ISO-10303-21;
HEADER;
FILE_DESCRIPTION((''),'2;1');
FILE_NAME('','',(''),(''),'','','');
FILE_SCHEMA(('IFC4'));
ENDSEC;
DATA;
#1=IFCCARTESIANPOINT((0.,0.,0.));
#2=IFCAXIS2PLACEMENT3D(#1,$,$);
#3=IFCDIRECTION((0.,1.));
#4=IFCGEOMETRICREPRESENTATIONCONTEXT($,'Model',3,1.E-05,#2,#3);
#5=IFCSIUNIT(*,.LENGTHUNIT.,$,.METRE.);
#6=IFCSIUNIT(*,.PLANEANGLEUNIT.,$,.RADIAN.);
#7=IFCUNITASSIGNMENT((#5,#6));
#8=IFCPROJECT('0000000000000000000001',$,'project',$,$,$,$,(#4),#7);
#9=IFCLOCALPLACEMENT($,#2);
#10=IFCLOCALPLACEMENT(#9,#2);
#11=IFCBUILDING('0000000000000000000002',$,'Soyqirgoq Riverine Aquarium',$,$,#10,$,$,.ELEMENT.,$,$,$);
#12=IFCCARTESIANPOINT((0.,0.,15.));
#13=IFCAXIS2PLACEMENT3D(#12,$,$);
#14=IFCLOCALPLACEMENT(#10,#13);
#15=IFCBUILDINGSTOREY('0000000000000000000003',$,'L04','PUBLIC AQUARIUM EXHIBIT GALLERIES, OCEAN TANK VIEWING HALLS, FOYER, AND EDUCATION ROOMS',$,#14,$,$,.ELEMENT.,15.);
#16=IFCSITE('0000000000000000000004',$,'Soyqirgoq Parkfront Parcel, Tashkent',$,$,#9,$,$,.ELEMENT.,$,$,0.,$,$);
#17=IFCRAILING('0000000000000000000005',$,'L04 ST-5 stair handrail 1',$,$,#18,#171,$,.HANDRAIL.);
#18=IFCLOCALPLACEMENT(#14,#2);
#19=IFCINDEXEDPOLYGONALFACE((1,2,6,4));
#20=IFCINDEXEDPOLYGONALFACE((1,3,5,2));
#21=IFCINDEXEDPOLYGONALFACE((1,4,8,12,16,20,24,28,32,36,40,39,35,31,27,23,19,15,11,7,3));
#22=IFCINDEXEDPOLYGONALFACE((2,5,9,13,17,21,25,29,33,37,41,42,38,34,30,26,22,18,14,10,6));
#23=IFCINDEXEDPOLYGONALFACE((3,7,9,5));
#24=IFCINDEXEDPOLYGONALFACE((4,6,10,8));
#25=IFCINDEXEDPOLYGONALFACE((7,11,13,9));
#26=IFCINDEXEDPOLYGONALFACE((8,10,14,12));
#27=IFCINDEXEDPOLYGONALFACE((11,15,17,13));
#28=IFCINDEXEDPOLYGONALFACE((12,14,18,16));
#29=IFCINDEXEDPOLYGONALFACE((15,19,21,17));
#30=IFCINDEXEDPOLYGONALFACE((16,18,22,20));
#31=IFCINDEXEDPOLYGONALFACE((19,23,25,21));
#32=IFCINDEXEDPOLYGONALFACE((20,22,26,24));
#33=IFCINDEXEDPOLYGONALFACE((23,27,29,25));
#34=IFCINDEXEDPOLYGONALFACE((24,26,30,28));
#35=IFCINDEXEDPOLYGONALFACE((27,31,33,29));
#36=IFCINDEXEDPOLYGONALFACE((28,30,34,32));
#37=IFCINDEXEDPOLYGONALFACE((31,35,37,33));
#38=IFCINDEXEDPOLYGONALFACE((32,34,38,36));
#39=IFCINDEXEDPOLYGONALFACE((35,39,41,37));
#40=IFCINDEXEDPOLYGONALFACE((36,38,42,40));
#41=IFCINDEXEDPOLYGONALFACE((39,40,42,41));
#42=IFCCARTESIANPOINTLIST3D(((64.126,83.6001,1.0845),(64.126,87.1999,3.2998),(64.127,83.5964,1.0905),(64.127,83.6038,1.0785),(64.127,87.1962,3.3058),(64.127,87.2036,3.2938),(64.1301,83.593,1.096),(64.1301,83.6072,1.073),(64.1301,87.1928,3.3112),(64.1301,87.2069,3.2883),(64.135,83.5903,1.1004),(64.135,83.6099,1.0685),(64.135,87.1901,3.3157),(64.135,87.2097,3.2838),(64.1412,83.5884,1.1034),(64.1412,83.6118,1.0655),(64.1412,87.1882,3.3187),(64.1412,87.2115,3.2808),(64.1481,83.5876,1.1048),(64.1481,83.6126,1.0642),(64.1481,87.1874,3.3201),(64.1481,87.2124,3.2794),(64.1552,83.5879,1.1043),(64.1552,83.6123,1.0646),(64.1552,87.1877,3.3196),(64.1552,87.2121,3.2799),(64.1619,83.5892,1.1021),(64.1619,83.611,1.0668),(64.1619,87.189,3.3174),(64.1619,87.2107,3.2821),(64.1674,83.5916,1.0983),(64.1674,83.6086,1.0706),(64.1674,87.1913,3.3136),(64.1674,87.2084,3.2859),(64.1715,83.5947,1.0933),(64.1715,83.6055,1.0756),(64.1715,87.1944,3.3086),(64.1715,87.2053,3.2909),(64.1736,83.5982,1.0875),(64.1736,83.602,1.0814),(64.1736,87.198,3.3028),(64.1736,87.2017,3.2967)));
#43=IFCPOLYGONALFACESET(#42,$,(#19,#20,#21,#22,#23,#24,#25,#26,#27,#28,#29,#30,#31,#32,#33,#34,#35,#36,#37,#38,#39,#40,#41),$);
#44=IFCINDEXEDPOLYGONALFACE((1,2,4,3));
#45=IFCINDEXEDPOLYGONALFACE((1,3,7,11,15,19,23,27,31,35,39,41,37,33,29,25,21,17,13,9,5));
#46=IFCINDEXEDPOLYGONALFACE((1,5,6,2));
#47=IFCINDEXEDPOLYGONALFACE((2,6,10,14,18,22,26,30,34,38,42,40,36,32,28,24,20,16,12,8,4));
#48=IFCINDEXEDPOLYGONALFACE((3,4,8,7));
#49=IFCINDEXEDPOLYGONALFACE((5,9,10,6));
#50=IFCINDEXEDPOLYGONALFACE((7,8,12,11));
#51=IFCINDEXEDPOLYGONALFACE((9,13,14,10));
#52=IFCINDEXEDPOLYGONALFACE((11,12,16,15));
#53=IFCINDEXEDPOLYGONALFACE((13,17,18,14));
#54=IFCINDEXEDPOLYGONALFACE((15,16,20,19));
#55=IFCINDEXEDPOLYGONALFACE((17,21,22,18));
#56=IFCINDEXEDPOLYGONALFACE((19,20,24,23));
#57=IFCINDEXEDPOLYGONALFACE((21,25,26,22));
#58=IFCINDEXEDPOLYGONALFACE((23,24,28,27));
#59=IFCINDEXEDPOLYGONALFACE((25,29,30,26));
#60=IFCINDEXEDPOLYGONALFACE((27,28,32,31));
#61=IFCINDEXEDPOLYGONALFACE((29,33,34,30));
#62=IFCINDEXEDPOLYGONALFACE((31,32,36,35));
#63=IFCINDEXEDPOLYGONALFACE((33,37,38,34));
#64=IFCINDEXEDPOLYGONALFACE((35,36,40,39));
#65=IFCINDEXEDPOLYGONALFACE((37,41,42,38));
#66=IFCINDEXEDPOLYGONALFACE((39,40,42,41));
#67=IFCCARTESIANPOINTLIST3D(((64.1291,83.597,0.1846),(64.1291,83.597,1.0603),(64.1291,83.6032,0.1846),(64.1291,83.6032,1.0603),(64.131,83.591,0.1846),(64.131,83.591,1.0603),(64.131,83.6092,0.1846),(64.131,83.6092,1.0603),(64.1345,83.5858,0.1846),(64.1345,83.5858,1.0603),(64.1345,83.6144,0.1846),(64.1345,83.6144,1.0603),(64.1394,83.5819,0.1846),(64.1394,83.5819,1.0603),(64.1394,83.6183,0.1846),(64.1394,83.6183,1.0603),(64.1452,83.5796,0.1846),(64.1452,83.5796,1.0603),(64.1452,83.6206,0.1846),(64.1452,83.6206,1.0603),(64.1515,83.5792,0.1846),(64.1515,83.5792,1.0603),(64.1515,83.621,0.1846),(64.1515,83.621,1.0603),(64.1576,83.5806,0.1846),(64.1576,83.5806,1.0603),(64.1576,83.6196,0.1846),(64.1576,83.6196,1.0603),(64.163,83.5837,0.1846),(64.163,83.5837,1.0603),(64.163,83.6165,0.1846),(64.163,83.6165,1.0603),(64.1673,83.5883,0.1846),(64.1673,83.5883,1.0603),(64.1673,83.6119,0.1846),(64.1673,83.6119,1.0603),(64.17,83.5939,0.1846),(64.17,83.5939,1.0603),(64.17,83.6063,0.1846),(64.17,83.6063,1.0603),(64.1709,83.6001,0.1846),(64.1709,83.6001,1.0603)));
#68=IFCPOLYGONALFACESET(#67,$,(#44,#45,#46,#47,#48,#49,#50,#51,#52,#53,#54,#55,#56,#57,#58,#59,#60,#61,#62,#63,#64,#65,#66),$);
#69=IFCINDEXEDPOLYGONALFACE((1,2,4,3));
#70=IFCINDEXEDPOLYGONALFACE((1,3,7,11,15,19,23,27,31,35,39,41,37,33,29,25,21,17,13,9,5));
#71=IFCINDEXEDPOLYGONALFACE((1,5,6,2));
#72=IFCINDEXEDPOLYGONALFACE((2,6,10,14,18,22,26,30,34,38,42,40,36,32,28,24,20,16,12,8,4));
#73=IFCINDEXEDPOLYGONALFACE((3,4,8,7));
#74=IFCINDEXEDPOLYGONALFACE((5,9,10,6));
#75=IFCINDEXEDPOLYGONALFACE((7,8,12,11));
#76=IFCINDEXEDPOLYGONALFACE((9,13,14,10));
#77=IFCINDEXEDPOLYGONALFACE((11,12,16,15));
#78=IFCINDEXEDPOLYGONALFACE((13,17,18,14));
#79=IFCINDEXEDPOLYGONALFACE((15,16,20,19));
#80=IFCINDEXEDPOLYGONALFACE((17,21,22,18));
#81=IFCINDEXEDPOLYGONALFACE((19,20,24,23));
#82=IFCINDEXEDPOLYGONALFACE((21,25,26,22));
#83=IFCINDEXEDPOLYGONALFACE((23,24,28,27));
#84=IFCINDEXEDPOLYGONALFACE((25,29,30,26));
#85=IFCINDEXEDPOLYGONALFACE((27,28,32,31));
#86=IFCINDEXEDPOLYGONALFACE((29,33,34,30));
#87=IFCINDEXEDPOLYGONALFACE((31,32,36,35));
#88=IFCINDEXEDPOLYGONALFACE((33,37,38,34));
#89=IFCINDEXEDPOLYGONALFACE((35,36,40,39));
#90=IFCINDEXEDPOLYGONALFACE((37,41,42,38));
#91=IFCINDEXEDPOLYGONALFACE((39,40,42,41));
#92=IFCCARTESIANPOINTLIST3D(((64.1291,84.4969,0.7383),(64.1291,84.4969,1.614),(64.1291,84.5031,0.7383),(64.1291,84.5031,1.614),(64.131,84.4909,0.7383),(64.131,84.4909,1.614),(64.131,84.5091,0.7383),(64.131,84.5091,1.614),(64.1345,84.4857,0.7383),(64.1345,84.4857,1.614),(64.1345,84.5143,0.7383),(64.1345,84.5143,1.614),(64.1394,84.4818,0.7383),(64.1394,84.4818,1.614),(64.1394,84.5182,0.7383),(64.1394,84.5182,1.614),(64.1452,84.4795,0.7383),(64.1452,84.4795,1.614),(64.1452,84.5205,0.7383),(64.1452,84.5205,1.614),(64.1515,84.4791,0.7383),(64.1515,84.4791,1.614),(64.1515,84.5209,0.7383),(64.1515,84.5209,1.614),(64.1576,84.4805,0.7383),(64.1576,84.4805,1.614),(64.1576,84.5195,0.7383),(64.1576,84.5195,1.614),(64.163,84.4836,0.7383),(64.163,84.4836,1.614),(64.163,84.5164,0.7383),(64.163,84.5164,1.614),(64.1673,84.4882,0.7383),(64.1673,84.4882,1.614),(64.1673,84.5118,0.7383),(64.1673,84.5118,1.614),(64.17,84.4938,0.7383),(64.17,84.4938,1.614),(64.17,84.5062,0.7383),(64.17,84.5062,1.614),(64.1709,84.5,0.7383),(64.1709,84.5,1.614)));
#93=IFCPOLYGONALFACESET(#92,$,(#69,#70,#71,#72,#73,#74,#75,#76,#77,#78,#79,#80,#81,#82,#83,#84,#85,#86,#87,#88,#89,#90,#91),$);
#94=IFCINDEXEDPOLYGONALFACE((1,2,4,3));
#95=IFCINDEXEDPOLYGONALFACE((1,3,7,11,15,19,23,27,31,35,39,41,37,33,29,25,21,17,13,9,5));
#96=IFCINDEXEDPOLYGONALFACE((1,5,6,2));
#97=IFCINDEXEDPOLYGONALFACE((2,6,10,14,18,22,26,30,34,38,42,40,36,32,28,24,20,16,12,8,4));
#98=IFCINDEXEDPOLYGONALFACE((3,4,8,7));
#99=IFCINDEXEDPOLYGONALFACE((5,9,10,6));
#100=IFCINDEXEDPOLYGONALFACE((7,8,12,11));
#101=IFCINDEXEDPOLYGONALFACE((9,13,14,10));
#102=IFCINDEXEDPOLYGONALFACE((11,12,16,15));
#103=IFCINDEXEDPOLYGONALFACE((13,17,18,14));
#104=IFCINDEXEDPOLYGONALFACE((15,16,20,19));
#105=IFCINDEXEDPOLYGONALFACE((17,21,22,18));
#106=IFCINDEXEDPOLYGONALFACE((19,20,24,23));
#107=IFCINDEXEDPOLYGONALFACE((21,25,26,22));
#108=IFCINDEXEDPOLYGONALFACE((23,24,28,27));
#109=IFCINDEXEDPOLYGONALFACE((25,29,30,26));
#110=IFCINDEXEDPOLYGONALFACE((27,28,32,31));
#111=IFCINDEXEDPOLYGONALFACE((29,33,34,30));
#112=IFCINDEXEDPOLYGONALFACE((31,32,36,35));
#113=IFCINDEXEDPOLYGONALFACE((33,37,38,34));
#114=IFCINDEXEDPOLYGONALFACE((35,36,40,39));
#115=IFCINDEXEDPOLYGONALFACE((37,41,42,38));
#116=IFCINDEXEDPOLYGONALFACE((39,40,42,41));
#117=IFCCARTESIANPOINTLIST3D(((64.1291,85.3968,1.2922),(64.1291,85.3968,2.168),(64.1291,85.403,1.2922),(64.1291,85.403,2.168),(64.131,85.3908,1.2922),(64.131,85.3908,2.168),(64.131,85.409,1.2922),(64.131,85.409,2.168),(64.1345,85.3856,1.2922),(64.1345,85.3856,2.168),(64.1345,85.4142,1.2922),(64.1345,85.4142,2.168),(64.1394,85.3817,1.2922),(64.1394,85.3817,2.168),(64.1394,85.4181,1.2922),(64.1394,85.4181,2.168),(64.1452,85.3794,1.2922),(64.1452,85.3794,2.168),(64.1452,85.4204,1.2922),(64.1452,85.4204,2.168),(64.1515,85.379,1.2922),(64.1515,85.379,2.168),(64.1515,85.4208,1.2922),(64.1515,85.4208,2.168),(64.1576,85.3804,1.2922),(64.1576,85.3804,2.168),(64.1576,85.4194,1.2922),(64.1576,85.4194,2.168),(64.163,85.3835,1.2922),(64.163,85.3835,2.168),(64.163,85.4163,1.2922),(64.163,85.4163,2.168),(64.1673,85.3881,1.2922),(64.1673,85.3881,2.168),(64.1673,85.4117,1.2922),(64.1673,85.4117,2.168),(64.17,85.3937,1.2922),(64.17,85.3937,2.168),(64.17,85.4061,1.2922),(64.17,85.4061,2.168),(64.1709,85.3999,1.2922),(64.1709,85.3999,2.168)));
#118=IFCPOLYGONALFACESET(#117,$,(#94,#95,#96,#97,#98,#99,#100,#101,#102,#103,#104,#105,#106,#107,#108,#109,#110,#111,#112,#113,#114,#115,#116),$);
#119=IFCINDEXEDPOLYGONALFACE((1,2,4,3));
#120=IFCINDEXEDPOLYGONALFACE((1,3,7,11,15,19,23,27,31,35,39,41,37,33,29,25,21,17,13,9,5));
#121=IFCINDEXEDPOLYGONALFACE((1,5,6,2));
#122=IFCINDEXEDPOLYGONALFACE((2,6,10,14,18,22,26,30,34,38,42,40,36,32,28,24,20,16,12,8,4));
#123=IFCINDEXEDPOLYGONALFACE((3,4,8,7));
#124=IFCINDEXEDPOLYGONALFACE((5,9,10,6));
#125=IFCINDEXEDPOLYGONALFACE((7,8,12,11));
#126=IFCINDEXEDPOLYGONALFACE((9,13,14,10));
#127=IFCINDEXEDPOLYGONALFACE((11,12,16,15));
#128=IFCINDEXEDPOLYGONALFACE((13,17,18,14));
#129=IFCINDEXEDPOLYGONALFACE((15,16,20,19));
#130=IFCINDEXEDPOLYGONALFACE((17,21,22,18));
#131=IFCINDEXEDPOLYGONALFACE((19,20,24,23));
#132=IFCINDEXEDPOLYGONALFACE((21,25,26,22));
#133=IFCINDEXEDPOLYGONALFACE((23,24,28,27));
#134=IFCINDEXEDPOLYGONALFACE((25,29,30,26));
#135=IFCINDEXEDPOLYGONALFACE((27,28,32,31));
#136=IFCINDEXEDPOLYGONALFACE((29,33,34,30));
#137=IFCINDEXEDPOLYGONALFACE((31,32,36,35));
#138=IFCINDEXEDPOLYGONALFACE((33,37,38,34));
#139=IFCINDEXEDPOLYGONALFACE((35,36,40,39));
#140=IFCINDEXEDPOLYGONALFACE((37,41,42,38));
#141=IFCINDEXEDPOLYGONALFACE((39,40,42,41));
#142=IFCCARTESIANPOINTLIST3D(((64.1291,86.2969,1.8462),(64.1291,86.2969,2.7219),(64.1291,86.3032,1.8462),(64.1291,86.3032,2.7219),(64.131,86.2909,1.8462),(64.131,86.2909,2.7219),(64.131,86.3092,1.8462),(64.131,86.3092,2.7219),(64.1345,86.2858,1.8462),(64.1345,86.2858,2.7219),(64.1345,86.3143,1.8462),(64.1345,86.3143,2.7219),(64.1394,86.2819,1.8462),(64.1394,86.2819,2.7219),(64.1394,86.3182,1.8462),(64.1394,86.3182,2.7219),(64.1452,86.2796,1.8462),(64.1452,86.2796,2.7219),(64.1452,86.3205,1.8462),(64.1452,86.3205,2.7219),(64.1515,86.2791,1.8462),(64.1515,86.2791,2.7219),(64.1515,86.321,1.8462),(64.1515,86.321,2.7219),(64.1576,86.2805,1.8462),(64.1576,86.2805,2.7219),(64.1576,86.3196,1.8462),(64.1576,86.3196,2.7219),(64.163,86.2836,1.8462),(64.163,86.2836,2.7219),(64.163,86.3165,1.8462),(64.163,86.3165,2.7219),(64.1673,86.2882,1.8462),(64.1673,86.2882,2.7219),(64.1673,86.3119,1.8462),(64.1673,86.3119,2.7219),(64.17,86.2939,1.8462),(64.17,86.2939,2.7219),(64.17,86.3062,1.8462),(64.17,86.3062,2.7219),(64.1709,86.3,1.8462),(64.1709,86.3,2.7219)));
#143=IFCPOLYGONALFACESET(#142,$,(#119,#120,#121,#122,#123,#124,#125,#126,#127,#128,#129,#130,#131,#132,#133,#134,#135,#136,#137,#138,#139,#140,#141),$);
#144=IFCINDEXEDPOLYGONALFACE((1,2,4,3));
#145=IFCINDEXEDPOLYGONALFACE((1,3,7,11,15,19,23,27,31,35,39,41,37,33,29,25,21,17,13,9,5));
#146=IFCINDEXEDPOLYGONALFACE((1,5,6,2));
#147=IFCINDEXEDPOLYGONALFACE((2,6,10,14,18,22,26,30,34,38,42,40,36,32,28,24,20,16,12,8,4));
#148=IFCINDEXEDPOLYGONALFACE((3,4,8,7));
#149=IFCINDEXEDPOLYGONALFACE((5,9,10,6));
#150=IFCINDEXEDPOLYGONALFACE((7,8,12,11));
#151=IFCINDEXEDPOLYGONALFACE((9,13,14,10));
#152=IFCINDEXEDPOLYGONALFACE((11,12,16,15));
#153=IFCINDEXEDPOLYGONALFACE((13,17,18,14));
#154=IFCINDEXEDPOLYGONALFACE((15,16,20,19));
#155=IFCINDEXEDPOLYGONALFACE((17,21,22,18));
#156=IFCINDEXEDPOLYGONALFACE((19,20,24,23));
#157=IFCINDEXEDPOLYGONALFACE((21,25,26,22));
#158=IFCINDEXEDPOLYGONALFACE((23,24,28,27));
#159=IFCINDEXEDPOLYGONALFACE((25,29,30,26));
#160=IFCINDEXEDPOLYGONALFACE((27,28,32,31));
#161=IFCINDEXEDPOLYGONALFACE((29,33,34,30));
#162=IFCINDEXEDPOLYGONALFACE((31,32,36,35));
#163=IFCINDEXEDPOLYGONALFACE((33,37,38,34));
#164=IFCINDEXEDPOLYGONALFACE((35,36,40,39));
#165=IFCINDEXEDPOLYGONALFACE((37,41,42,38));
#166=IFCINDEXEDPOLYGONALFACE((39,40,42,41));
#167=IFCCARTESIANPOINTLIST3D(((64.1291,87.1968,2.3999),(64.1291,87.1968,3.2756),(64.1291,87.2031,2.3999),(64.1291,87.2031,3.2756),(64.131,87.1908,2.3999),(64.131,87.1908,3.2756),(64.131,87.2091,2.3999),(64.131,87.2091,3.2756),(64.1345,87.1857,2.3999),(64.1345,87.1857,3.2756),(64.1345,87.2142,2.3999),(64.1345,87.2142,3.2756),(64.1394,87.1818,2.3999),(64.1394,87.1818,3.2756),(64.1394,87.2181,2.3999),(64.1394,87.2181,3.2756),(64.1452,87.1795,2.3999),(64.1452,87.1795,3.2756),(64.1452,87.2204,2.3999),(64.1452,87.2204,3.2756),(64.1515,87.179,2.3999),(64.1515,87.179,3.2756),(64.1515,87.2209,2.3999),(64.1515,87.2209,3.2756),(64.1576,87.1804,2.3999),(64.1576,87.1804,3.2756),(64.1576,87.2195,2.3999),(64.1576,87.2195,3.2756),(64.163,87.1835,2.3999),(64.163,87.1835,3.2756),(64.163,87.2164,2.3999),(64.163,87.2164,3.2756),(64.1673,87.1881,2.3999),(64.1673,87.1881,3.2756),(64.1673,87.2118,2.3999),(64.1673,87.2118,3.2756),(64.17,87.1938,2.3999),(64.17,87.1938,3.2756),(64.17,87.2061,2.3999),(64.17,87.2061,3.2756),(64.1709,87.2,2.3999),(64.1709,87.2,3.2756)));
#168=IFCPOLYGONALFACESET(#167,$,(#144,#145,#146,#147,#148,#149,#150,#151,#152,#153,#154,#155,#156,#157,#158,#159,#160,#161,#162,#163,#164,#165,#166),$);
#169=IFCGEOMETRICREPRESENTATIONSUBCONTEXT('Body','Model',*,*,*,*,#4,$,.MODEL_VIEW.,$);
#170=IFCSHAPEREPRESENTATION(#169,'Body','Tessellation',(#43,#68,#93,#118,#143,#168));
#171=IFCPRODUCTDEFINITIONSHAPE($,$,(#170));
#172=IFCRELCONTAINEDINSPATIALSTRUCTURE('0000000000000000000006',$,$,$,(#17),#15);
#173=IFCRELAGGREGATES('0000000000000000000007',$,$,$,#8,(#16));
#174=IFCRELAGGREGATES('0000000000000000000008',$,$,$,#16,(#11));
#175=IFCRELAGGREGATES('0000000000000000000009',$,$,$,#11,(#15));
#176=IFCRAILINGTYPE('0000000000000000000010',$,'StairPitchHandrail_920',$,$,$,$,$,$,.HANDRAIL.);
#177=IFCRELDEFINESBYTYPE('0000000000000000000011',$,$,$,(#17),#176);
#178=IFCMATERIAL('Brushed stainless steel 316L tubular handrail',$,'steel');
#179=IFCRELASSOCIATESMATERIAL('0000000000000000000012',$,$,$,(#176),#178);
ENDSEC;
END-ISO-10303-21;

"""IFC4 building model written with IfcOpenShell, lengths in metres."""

from ifc_helpers import new_model, si_unit, direction, frame, origin, origin_2d, place, context, subcontext, project, spatial, circle, extrude, material, type_object, element, save


model = new_model("IFC4")

# Units and contexts
model_context = context("Model", 3, precision=1e-05, world=origin(), true_north=direction((0.0, 1.0)))
body_context = subcontext(model_context, "Body", "Model", "MODEL_VIEW")
ifc_project = project(units=[si_unit("LENGTHUNIT", "METRE"), si_unit("PLANEANGLEUNIT", "RADIAN")], contexts=[model_context])

# Site, building, storey
site_placement = place(None, origin())
site = spatial("IfcSite", under=ifc_project, at=site_placement, Name="Soyqirgoq Parkfront Parcel, Tashkent", CompositionType="ELEMENT", RefElevation=0.0)
building_placement = place(site_placement, origin())
building = spatial("IfcBuilding", under=site, at=building_placement, Name="Soyqirgoq Riverine Aquarium", CompositionType="ELEMENT")
storey_placement = place(building_placement, frame((0.0, 0.0, 15.0)))
storey = spatial("IfcBuildingStorey", under=building, at=storey_placement, Name="L04", Description="PUBLIC AQUARIUM EXHIBIT GALLERIES, OCEAN TANK VIEWING HALLS, FOYER, AND EDUCATION ROOMS", CompositionType="ELEMENT", Elevation=15.0)

# Railing
ifc_material_1 = material(Name="Brushed stainless steel 316L tubular handrail", Category="steel")
railing_type_1 = type_object("IfcRailingType", Name="StairPitchHandrail_920", PredefinedType="HANDRAIL", material=ifc_material_1)
railing_1_placement = place(storey_placement, frame((64.1499, 83.6001, 0.1846)))
element("IfcRailing", 1, at=railing_1_placement, inside=storey, type_object=railing_type_1, Name="L04 ST-5 stair handrail 1", PredefinedType="HANDRAIL", context=body_context, shape_type="SweptSolid", body=[
    extrude(circle(Radius=0.0239, at=origin_2d()), frame((0.0, 0.0, 0.8999), z_axis=(0.0, 0.851654, 0.524104), x_axis=(-1.0, 0.0, 0.0)), (0.0, 0.0, 1.0), 4.2268),
    extrude(circle(Radius=0.021, at=origin_2d()), origin(), (0.0, 0.0, 1.0), 0.8757),
    extrude(circle(Radius=0.021, at=origin_2d()), frame((0.0, 0.8999, 0.5537)), (0.0, 0.0, 1.0), 0.8757),
    extrude(circle(Radius=0.021, at=origin_2d()), frame((0.0, 1.7998, 1.1077)), (0.0, 0.0, 1.0), 0.8757),
    extrude(circle(Radius=0.021, at=origin_2d()), frame((0.0, 2.7, 1.6616)), (0.0, 0.0, 1.0), 0.8757),
    extrude(circle(Radius=0.021, at=origin_2d()), frame((0.0, 3.5999, 2.2153)), (0.0, 0.0, 1.0), 0.8757),
])

save(model, "model.ifc")
